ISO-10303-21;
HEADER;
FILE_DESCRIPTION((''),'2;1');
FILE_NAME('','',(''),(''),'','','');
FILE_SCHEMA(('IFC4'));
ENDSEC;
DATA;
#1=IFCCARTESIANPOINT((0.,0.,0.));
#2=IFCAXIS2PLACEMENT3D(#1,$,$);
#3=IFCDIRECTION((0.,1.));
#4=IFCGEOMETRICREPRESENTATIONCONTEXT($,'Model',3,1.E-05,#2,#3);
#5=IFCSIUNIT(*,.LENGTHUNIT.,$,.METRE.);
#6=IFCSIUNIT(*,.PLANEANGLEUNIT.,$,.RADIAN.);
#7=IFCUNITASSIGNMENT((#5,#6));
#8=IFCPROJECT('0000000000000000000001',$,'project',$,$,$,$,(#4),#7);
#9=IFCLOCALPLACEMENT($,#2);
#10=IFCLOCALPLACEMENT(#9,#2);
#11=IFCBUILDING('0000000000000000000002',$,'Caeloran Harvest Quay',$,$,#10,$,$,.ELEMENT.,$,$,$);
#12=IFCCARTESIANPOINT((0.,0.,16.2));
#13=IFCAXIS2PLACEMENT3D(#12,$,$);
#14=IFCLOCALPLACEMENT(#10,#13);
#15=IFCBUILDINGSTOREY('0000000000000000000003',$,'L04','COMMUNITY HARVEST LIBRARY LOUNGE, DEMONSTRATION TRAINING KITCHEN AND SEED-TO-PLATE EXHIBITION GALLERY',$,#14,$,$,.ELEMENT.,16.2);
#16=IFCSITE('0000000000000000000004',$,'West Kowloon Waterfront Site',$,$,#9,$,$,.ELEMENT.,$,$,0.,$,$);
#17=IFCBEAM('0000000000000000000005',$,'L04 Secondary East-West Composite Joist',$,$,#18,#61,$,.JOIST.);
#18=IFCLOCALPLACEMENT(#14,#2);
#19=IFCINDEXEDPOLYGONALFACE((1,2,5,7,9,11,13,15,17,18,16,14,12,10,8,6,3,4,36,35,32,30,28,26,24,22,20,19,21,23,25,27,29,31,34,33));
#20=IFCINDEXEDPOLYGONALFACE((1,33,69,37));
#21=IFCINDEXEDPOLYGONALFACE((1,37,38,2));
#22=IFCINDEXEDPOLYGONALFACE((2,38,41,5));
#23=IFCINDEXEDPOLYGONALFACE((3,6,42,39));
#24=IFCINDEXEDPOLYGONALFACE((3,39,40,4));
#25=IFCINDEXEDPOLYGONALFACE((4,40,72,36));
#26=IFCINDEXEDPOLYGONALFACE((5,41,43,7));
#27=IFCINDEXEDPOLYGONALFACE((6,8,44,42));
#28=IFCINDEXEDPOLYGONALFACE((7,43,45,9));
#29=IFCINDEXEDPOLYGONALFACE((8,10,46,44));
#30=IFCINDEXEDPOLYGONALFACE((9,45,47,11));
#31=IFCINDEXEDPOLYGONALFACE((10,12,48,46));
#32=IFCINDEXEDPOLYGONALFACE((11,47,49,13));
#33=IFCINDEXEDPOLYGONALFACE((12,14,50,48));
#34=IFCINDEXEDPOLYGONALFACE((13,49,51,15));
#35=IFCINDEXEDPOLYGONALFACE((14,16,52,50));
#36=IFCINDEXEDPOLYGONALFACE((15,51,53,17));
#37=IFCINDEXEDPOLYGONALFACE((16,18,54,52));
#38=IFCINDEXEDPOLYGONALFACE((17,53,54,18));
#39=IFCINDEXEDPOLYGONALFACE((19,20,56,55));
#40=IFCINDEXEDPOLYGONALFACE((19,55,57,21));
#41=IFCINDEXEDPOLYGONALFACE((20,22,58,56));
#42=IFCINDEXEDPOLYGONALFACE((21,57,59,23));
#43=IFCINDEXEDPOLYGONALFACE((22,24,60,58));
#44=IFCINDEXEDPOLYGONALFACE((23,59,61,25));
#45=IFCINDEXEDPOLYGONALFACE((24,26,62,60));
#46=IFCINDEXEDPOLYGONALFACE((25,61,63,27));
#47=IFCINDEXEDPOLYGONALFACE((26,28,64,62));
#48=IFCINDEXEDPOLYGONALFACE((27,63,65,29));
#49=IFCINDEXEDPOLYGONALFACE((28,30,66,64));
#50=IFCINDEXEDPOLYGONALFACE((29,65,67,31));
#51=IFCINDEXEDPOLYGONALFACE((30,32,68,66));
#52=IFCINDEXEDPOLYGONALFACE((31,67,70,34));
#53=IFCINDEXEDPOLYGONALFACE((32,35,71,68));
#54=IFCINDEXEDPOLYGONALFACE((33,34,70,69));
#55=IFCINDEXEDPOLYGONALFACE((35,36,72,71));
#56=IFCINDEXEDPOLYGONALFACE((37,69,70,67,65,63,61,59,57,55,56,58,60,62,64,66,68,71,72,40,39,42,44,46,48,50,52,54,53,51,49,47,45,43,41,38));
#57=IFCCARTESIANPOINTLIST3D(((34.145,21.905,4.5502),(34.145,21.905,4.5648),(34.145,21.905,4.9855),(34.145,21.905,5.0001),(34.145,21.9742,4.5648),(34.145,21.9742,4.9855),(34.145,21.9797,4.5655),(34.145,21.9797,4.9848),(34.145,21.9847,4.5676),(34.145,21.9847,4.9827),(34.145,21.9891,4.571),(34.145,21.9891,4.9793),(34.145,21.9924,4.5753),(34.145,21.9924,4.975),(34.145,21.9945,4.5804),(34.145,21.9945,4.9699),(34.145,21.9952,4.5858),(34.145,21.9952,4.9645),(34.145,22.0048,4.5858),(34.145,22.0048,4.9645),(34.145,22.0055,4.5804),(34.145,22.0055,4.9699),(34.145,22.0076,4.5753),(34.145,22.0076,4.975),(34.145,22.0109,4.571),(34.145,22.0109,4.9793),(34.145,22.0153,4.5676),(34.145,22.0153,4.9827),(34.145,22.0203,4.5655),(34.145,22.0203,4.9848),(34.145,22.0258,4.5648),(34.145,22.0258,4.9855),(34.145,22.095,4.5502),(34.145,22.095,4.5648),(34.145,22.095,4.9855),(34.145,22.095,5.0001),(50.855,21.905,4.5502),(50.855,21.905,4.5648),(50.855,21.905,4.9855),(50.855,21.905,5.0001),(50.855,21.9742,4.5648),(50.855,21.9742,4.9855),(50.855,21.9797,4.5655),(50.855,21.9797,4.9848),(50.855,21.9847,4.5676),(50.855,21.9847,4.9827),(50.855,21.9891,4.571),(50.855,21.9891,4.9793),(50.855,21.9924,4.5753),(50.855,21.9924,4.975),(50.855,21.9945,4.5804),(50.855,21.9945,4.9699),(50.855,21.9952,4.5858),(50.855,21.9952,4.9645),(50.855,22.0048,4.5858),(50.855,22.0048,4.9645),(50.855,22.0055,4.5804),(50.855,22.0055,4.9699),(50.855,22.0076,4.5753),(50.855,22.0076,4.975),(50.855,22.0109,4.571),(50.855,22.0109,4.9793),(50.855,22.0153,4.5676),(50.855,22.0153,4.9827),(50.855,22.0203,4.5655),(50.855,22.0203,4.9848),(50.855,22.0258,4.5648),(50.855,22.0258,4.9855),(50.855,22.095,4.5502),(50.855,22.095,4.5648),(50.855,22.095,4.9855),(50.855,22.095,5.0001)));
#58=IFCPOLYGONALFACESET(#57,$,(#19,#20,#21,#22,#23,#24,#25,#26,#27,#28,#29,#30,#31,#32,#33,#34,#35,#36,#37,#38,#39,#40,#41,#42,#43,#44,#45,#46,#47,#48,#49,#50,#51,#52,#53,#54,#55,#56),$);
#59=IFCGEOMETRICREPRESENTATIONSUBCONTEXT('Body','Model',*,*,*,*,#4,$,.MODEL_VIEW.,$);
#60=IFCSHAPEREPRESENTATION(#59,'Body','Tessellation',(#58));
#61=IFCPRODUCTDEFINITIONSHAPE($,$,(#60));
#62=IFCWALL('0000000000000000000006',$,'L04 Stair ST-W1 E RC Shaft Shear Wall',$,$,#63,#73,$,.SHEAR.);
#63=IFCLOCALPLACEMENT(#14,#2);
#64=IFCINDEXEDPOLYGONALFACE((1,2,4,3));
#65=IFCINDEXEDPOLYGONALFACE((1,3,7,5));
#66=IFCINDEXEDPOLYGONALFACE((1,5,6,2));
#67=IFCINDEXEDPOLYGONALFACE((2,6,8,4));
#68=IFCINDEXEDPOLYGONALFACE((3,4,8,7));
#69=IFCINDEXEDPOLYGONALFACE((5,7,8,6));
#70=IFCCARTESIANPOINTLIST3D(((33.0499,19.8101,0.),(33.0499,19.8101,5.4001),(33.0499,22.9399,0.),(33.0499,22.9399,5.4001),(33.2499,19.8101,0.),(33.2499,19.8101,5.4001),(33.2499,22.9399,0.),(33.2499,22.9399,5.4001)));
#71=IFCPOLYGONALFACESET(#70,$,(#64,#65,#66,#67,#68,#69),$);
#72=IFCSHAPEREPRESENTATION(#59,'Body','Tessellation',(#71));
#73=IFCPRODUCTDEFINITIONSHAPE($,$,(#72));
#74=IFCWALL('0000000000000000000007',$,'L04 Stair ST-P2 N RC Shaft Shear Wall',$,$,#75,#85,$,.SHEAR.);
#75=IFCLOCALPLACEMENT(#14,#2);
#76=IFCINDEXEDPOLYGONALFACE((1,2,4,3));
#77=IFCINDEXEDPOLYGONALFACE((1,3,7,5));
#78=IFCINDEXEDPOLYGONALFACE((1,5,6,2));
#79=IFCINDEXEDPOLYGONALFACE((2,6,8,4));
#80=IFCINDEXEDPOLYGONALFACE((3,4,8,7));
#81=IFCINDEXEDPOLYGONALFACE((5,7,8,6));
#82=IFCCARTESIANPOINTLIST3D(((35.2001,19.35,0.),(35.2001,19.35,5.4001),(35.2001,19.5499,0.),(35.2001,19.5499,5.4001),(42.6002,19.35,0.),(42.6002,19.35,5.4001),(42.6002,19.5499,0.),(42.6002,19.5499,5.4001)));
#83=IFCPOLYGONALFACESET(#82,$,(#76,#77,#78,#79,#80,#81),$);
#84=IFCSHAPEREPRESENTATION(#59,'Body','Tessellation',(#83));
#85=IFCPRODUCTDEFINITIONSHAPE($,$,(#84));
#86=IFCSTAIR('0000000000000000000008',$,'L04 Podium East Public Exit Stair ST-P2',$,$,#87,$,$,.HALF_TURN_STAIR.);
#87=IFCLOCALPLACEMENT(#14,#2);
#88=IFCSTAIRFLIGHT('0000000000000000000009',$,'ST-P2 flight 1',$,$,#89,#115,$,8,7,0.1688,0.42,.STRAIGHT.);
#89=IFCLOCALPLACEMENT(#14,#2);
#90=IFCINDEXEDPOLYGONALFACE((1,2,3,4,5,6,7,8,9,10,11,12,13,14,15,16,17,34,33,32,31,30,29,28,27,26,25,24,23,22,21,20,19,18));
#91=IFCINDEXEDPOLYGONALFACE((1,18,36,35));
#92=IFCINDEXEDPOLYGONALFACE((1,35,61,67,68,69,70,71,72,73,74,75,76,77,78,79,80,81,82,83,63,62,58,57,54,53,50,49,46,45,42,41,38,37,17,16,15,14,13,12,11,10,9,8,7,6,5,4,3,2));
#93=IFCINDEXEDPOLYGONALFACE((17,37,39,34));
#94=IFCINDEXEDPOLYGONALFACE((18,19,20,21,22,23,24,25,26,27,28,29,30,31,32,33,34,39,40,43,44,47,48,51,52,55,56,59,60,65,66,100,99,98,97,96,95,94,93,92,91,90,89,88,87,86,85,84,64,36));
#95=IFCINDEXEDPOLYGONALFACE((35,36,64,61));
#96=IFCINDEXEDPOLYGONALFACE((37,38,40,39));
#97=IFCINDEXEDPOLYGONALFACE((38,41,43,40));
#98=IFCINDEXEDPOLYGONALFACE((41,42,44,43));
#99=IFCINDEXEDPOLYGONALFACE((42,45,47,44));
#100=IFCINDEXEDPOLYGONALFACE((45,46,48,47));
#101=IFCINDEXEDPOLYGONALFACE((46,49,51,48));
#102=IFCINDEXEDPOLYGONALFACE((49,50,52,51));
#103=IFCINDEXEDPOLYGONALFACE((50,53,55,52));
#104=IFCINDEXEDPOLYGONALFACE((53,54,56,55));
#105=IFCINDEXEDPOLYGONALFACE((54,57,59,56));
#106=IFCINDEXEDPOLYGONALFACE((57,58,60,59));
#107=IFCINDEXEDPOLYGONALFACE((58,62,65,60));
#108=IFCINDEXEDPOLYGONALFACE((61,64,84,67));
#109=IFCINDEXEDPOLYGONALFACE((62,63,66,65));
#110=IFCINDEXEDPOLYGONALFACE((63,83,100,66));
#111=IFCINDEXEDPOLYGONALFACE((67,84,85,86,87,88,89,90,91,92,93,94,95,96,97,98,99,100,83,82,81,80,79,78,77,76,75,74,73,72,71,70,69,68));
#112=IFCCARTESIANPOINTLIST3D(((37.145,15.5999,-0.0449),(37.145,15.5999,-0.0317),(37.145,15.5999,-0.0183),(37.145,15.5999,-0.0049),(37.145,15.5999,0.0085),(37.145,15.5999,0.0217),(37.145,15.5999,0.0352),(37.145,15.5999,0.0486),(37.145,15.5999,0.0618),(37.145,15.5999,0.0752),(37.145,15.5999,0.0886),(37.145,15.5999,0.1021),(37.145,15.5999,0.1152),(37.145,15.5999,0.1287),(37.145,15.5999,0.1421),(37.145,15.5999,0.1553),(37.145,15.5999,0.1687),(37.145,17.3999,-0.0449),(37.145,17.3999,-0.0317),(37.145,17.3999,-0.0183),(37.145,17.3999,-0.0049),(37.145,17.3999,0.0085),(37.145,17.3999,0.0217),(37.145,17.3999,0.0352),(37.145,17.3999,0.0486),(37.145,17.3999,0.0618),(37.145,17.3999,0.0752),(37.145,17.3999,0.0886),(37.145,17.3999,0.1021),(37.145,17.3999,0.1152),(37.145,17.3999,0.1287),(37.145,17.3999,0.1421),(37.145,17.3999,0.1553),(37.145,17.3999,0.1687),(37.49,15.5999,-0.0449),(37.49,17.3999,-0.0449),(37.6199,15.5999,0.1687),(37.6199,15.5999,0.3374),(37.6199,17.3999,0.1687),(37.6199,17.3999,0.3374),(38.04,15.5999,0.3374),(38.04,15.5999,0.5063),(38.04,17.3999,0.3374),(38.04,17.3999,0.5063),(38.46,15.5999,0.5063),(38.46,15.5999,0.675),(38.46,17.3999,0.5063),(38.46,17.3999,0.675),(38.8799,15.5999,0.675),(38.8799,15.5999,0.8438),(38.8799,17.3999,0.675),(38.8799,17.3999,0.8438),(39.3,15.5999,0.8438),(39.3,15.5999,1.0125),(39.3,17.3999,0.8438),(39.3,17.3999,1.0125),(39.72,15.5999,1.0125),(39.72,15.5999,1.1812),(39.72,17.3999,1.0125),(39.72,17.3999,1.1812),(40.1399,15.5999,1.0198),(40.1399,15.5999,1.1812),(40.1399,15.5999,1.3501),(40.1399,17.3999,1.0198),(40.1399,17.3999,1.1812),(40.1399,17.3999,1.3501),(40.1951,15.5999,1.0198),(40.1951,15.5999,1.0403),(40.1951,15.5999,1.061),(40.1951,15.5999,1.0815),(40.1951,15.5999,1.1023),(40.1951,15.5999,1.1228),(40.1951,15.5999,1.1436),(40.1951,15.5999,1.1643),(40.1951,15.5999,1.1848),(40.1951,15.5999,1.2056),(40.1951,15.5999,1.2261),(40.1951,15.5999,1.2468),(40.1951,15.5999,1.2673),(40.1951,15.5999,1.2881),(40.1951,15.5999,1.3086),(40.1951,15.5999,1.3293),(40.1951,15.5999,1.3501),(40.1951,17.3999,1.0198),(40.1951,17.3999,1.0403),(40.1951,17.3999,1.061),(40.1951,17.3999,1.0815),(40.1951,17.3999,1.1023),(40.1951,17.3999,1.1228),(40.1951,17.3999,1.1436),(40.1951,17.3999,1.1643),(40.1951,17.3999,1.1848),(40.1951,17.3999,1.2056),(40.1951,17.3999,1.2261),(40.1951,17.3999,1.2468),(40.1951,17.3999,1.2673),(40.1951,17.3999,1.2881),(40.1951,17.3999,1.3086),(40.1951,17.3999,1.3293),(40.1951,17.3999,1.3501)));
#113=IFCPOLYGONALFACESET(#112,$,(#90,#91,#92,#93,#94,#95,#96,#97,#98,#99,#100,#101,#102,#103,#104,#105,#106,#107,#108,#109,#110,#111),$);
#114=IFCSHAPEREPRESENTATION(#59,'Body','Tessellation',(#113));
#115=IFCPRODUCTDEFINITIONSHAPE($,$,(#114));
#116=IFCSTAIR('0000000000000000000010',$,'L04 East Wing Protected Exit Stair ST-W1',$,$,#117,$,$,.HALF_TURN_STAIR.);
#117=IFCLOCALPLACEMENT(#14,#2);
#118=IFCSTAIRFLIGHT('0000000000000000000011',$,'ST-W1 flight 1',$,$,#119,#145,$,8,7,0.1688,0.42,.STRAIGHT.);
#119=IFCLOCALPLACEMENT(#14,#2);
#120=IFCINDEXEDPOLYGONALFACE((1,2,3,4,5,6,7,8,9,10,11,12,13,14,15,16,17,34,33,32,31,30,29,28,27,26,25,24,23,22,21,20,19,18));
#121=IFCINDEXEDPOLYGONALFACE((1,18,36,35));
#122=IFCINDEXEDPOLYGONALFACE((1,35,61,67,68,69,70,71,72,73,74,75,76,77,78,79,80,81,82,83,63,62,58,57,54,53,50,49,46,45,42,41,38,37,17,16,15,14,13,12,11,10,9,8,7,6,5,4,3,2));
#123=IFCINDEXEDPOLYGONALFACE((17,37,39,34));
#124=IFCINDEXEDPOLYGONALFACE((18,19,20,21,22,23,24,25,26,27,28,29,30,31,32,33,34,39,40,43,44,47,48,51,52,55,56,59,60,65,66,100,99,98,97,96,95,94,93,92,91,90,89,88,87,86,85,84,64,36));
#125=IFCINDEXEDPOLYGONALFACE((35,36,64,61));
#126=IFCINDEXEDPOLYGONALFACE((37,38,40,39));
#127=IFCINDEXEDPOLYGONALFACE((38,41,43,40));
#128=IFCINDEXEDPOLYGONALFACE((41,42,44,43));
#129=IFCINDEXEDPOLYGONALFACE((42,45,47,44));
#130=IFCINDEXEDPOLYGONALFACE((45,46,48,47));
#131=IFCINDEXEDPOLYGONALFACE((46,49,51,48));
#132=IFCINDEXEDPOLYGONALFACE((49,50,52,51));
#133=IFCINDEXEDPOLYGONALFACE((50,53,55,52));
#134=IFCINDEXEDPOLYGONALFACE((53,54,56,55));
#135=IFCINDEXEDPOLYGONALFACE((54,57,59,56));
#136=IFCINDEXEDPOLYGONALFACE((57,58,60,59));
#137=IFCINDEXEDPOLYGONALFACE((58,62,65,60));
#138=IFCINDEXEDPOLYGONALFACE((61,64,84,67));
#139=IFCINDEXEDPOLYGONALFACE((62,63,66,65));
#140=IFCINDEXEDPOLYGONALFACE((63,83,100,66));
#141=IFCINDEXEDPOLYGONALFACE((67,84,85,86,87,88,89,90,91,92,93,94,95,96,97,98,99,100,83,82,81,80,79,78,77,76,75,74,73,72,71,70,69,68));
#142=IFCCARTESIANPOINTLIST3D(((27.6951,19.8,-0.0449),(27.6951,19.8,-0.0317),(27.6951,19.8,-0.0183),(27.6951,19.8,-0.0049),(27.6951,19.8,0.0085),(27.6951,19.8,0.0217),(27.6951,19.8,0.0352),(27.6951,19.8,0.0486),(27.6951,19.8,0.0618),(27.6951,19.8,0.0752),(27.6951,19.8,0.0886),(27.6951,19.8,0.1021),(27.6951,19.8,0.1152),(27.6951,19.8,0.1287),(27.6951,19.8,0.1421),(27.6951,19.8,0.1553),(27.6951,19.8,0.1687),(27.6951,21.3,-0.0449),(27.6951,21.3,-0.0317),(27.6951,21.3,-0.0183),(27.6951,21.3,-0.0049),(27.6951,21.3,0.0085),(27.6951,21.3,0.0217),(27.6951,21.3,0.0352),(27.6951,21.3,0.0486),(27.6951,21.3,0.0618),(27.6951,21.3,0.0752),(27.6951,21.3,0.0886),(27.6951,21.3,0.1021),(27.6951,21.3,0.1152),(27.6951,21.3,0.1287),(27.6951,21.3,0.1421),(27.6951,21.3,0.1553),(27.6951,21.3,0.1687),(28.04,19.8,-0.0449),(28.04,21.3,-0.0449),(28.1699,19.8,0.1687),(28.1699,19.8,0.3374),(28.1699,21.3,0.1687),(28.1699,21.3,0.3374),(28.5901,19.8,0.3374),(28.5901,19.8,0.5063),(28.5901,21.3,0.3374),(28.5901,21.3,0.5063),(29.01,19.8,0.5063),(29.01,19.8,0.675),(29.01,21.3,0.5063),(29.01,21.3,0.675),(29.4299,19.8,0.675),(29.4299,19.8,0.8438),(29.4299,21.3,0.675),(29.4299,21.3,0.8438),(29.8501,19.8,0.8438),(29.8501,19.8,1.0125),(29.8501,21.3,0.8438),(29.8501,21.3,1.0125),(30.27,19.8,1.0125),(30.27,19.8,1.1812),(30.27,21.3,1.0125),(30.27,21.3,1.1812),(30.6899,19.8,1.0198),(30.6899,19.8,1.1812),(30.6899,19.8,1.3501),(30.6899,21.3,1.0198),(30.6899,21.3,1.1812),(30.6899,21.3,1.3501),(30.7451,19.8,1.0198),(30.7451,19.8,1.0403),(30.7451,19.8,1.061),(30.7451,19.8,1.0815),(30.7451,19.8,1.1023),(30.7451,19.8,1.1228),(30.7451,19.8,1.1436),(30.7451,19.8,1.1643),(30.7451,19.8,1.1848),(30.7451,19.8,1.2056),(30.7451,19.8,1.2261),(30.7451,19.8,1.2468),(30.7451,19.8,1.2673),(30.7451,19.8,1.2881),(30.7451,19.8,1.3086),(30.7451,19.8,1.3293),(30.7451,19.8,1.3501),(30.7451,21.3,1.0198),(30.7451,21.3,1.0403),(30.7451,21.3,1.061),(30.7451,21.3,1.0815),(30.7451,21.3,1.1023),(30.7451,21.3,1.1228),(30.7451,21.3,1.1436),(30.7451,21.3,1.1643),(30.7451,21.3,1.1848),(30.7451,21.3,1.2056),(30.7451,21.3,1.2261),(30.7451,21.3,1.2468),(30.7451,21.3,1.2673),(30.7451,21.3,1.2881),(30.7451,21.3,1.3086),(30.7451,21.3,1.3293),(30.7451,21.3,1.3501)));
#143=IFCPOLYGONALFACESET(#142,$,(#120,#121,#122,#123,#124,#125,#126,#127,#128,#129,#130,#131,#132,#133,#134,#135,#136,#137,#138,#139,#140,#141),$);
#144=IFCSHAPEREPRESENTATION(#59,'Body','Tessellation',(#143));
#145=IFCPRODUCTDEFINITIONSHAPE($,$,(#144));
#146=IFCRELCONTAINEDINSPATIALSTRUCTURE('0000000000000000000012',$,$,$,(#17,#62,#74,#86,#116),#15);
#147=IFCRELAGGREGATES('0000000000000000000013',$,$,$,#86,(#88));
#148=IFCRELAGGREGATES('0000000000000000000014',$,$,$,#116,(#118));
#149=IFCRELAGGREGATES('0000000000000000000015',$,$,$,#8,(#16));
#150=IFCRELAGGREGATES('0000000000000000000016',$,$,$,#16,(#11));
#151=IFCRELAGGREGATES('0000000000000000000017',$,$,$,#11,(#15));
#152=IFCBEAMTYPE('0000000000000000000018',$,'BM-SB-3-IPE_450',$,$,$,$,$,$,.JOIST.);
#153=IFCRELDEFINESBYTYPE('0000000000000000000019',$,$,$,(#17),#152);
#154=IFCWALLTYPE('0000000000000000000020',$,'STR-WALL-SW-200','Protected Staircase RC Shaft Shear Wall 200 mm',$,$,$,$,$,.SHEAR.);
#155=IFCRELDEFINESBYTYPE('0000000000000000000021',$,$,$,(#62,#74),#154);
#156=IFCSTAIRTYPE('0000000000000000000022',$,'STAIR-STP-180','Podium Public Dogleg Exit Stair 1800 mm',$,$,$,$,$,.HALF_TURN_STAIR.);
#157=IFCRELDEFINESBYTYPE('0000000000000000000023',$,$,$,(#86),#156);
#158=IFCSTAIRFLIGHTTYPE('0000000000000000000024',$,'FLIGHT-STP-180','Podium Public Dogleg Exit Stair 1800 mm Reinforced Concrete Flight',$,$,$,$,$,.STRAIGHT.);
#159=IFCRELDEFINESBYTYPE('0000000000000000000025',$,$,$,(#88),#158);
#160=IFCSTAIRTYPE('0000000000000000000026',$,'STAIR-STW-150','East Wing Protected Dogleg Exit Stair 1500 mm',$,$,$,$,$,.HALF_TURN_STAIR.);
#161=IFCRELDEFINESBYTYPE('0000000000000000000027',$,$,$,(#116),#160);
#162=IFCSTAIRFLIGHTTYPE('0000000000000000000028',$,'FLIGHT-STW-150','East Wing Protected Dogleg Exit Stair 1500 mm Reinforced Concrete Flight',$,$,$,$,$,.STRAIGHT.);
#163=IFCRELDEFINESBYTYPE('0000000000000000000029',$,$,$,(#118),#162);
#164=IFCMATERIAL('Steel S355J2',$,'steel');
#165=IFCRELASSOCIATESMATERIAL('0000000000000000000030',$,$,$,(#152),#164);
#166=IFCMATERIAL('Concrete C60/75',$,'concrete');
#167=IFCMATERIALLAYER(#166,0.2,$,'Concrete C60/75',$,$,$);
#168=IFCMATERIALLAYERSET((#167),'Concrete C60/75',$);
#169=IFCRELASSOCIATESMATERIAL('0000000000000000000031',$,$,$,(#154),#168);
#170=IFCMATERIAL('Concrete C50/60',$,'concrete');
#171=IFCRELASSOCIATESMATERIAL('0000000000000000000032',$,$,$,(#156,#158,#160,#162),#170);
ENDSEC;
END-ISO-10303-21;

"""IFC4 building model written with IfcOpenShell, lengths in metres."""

from ifc_helpers import new_model, si_unit, direction, frame, frame_2d, origin, origin_2d, place, context, subcontext, project, spatial, polyline, rectangle, i_section, outline, extrude, material, layer, layer_set, material_profile, profile_set, type_object, element, aggregate, save


model = new_model("IFC4")

# Units and contexts
model_context = context("Model", 3, precision=1e-05, world=origin(), true_north=direction((0.0, 1.0)))
body_context = subcontext(model_context, "Body", "Model", "MODEL_VIEW")
ifc_project = project(units=[si_unit("LENGTHUNIT", "METRE"), si_unit("PLANEANGLEUNIT", "RADIAN")], contexts=[model_context])

# Site, building, storey
site_placement = place(None, origin())
site = spatial("IfcSite", under=ifc_project, at=site_placement, Name="West Kowloon Waterfront Site", CompositionType="ELEMENT", RefElevation=0.0)
building_placement = place(site_placement, origin())
building = spatial("IfcBuilding", under=site, at=building_placement, Name="Caeloran Harvest Quay", CompositionType="ELEMENT")
storey_placement = place(building_placement, frame((0.0, 0.0, 16.2)))
storey = spatial("IfcBuildingStorey", under=building, at=storey_placement, Name="L04", Description="COMMUNITY HARVEST LIBRARY LOUNGE, DEMONSTRATION TRAINING KITCHEN AND SEED-TO-PLATE EXHIBITION GALLERY", CompositionType="ELEMENT", Elevation=16.2)

# Beam
ifc_material_1 = material(Name="Steel S355J2", Category="steel")
ifc_material_profile_1 = material_profile(ifc_material_1, i_section(OverallWidth=0.1899, OverallDepth=0.45, WebThickness=0.0095, FlangeThickness=0.0146, FilletRadius=0.021, at=origin_2d()), Name="IPE 450")
ifc_profile_set_1 = profile_set([ifc_material_profile_1], Name="Steel S355J2")
beam_type_1 = type_object("IfcBeamType", Name="BM-SB-3-IPE_450", PredefinedType="JOIST", material=ifc_profile_set_1)
for number, where, z_axis, x_axis, name in (
    (1, (34.145, 22.0, 4.7751), (1.0, 0.0, 0.0), (0.0, 1.0, 0.0), "L04 Secondary East-West Composite Joist"),
):
    element("IfcBeam", number, at=place(storey_placement, frame(where, z_axis=z_axis, x_axis=x_axis)), inside=storey, type_object=beam_type_1, Name=name, PredefinedType="JOIST", context=body_context, shape_type="SweptSolid", body=[
        extrude(i_section(OverallWidth=0.1899, OverallDepth=0.45, WebThickness=0.0095, FlangeThickness=0.0146, FilletRadius=0.021, at=origin_2d()), origin(), (0.0, 0.0, 1.0), 16.71),
    ])

# Walls
ifc_material_2 = material(Name="Concrete C60/75", Category="concrete")
ifc_layer_1 = layer(ifc_material_2, 0.2, Name="Concrete C60/75")
ifc_layer_set_1 = layer_set([ifc_layer_1], Name="Concrete C60/75")
wall_type = type_object("IfcWallType", Name="STR-WALL-SW-200", Description="Protected Staircase RC Shaft Shear Wall 200 mm", PredefinedType="SHEAR", material=ifc_layer_set_1)
wall_1_placement = place(storey_placement, frame((33.1499, 19.8101, 0.0), z_axis=(0.0, 0.0, 1.0), x_axis=(0.0, 1.0, 0.0)))
element("IfcWall", 2, at=wall_1_placement, inside=storey, type_object=wall_type, Name="L04 Stair ST-W1 E RC Shaft Shear Wall", PredefinedType="SHEAR", context=body_context, shape_type="SweptSolid", body=[
    extrude(rectangle(XDim=3.1299, YDim=0.2, at=frame_2d((1.5649, 0.0))), origin(), (0.0, 0.0, 1.0), 5.4001),
])
wall_2_placement = place(storey_placement, frame((35.2, 19.45, 0.0), z_axis=(0.0, 0.0, 1.0), x_axis=(1.0, 0.0, 0.0)))
element("IfcWall", 3, at=wall_2_placement, inside=storey, type_object=wall_type, Name="L04 Stair ST-P2 N RC Shaft Shear Wall", PredefinedType="SHEAR", context=body_context, shape_type="SweptSolid", body=[
    extrude(rectangle(XDim=7.4001, YDim=0.2, at=frame_2d((3.7002, 0.0))), origin(), (0.0, 0.0, 1.0), 5.4001),
])

# Stairs, stair flights
ifc_material_3 = material(Name="Concrete C50/60", Category="concrete")
stair_type_1 = type_object("IfcStairType", Name="STAIR-STP-180", Description="Podium Public Dogleg Exit Stair 1800 mm", PredefinedType="HALF_TURN_STAIR", material=ifc_material_3)
stair_1_placement = place(storey_placement, origin())
stair_1 = element("IfcStair", 4, at=stair_1_placement, inside=storey, type_object=stair_type_1, Name="L04 Podium East Public Exit Stair ST-P2", PredefinedType="HALF_TURN_STAIR")
stair_flight_type_1 = type_object("IfcStairFlightType", Name="FLIGHT-STP-180", Description="Podium Public Dogleg Exit Stair 1800 mm Reinforced Concrete Flight", PredefinedType="STRAIGHT", material=ifc_material_3)
stair_flight_1_placement = place(storey_placement, frame((37.2, 16.5, 0.0), z_axis=(0.0, 0.0, 1.0), x_axis=(1.0, 0.0, 0.0)))
stair_flight_1 = element("IfcStairFlight", 5, at=stair_flight_1_placement, type_object=stair_flight_type_1, Name="ST-P2 flight 1", NumberOfRisers=8, NumberOfTreads=7, PredefinedType="STRAIGHT", RiserHeight=0.1688, TreadLength=0.42, context=body_context, shape_type="SweptSolid", body=[
    extrude(outline(polyline([(-0.0549, -0.0449), (-0.0549, -0.0317), (-0.0549, -0.0183), (-0.0549, -0.0049), (-0.0549, 0.0085), (-0.0549, 0.0217), (-0.0549, 0.0352), (-0.0549, 0.0486), (-0.0549, 0.0618), (-0.0549, 0.0752), (-0.0549, 0.0886), (-0.0549, 0.1021), (-0.0549, 0.1152), (-0.0549, 0.1287), (-0.0549, 0.1421), (-0.0549, 0.1553), (-0.0549, 0.1687), (0.4199, 0.1687), (0.4199, 0.3374), (0.8401, 0.3374), (0.8401, 0.5063), (1.26, 0.5063), (1.26, 0.675), (1.6799, 0.675), (1.6799, 0.8438), (2.1001, 0.8438), (2.1001, 1.0125), (2.52, 1.0125), (2.52, 1.1812), (2.9399, 1.1812), (2.9399, 1.3501), (2.9951, 1.3501), (2.9951, 1.3293), (2.9951, 1.3086), (2.9951, 1.2881), (2.9951, 1.2673), (2.9951, 1.2468), (2.9951, 1.2261), (2.9951, 1.2056), (2.9951, 1.1848), (2.9951, 1.1643), (2.9951, 1.1436), (2.9951, 1.1228), (2.9951, 1.1023), (2.9951, 1.0815), (2.9951, 1.061), (2.9951, 1.0403), (2.9951, 1.0198), (2.9399, 1.0198), (0.29, -0.0449), (-0.0549, -0.0449)])), frame((0.0, 0.8999, 0.0), z_axis=(0.0, -1.0, 0.0), x_axis=(1.0, 0.0, 0.0)), (0.0, 0.0, 1.0), 1.8),
])
aggregate(stair_1, [stair_flight_1])
stair_type_2 = type_object("IfcStairType", Name="STAIR-STW-150", Description="East Wing Protected Dogleg Exit Stair 1500 mm", PredefinedType="HALF_TURN_STAIR", material=ifc_material_3)
stair_2_placement = place(storey_placement, origin())
stair_2 = element("IfcStair", 6, at=stair_2_placement, inside=storey, type_object=stair_type_2, Name="L04 East Wing Protected Exit Stair ST-W1", PredefinedType="HALF_TURN_STAIR")
stair_flight_type_2 = type_object("IfcStairFlightType", Name="FLIGHT-STW-150", Description="East Wing Protected Dogleg Exit Stair 1500 mm Reinforced Concrete Flight", PredefinedType="STRAIGHT", material=ifc_material_3)
stair_flight_2_placement = place(storey_placement, frame((27.75, 20.55, 0.0), z_axis=(0.0, 0.0, 1.0), x_axis=(1.0, 0.0, 0.0)))
stair_flight_2 = element("IfcStairFlight", 7, at=stair_flight_2_placement, type_object=stair_flight_type_2, Name="ST-W1 flight 1", NumberOfRisers=8, NumberOfTreads=7, PredefinedType="STRAIGHT", RiserHeight=0.1688, TreadLength=0.42, context=body_context, shape_type="SweptSolid", body=[
    extrude(outline(polyline([(-0.0549, -0.0449), (-0.0549, -0.0317), (-0.0549, -0.0183), (-0.0549, -0.0049), (-0.0549, 0.0085), (-0.0549, 0.0217), (-0.0549, 0.0352), (-0.0549, 0.0486), (-0.0549, 0.0618), (-0.0549, 0.0752), (-0.0549, 0.0886), (-0.0549, 0.1021), (-0.0549, 0.1152), (-0.0549, 0.1287), (-0.0549, 0.1421), (-0.0549, 0.1553), (-0.0549, 0.1687), (0.4199, 0.1687), (0.4199, 0.3374), (0.8401, 0.3374), (0.8401, 0.5063), (1.26, 0.5063), (1.26, 0.675), (1.6799, 0.675), (1.6799, 0.8438), (2.1001, 0.8438), (2.1001, 1.0125), (2.52, 1.0125), (2.52, 1.1812), (2.9399, 1.1812), (2.9399, 1.3501), (2.9951, 1.3501), (2.9951, 1.3293), (2.9951, 1.3086), (2.9951, 1.2881), (2.9951, 1.2673), (2.9951, 1.2468), (2.9951, 1.2261), (2.9951, 1.2056), (2.9951, 1.1848), (2.9951, 1.1643), (2.9951, 1.1436), (2.9951, 1.1228), (2.9951, 1.1023), (2.9951, 1.0815), (2.9951, 1.061), (2.9951, 1.0403), (2.9951, 1.0198), (2.9399, 1.0198), (0.29, -0.0449), (-0.0549, -0.0449)])), frame((0.0, 0.75, 0.0), z_axis=(0.0, -1.0, 0.0), x_axis=(1.0, 0.0, 0.0)), (0.0, 0.0, 1.0), 1.5),
])
aggregate(stair_2, [stair_flight_2])

save(model, "model.ifc")
